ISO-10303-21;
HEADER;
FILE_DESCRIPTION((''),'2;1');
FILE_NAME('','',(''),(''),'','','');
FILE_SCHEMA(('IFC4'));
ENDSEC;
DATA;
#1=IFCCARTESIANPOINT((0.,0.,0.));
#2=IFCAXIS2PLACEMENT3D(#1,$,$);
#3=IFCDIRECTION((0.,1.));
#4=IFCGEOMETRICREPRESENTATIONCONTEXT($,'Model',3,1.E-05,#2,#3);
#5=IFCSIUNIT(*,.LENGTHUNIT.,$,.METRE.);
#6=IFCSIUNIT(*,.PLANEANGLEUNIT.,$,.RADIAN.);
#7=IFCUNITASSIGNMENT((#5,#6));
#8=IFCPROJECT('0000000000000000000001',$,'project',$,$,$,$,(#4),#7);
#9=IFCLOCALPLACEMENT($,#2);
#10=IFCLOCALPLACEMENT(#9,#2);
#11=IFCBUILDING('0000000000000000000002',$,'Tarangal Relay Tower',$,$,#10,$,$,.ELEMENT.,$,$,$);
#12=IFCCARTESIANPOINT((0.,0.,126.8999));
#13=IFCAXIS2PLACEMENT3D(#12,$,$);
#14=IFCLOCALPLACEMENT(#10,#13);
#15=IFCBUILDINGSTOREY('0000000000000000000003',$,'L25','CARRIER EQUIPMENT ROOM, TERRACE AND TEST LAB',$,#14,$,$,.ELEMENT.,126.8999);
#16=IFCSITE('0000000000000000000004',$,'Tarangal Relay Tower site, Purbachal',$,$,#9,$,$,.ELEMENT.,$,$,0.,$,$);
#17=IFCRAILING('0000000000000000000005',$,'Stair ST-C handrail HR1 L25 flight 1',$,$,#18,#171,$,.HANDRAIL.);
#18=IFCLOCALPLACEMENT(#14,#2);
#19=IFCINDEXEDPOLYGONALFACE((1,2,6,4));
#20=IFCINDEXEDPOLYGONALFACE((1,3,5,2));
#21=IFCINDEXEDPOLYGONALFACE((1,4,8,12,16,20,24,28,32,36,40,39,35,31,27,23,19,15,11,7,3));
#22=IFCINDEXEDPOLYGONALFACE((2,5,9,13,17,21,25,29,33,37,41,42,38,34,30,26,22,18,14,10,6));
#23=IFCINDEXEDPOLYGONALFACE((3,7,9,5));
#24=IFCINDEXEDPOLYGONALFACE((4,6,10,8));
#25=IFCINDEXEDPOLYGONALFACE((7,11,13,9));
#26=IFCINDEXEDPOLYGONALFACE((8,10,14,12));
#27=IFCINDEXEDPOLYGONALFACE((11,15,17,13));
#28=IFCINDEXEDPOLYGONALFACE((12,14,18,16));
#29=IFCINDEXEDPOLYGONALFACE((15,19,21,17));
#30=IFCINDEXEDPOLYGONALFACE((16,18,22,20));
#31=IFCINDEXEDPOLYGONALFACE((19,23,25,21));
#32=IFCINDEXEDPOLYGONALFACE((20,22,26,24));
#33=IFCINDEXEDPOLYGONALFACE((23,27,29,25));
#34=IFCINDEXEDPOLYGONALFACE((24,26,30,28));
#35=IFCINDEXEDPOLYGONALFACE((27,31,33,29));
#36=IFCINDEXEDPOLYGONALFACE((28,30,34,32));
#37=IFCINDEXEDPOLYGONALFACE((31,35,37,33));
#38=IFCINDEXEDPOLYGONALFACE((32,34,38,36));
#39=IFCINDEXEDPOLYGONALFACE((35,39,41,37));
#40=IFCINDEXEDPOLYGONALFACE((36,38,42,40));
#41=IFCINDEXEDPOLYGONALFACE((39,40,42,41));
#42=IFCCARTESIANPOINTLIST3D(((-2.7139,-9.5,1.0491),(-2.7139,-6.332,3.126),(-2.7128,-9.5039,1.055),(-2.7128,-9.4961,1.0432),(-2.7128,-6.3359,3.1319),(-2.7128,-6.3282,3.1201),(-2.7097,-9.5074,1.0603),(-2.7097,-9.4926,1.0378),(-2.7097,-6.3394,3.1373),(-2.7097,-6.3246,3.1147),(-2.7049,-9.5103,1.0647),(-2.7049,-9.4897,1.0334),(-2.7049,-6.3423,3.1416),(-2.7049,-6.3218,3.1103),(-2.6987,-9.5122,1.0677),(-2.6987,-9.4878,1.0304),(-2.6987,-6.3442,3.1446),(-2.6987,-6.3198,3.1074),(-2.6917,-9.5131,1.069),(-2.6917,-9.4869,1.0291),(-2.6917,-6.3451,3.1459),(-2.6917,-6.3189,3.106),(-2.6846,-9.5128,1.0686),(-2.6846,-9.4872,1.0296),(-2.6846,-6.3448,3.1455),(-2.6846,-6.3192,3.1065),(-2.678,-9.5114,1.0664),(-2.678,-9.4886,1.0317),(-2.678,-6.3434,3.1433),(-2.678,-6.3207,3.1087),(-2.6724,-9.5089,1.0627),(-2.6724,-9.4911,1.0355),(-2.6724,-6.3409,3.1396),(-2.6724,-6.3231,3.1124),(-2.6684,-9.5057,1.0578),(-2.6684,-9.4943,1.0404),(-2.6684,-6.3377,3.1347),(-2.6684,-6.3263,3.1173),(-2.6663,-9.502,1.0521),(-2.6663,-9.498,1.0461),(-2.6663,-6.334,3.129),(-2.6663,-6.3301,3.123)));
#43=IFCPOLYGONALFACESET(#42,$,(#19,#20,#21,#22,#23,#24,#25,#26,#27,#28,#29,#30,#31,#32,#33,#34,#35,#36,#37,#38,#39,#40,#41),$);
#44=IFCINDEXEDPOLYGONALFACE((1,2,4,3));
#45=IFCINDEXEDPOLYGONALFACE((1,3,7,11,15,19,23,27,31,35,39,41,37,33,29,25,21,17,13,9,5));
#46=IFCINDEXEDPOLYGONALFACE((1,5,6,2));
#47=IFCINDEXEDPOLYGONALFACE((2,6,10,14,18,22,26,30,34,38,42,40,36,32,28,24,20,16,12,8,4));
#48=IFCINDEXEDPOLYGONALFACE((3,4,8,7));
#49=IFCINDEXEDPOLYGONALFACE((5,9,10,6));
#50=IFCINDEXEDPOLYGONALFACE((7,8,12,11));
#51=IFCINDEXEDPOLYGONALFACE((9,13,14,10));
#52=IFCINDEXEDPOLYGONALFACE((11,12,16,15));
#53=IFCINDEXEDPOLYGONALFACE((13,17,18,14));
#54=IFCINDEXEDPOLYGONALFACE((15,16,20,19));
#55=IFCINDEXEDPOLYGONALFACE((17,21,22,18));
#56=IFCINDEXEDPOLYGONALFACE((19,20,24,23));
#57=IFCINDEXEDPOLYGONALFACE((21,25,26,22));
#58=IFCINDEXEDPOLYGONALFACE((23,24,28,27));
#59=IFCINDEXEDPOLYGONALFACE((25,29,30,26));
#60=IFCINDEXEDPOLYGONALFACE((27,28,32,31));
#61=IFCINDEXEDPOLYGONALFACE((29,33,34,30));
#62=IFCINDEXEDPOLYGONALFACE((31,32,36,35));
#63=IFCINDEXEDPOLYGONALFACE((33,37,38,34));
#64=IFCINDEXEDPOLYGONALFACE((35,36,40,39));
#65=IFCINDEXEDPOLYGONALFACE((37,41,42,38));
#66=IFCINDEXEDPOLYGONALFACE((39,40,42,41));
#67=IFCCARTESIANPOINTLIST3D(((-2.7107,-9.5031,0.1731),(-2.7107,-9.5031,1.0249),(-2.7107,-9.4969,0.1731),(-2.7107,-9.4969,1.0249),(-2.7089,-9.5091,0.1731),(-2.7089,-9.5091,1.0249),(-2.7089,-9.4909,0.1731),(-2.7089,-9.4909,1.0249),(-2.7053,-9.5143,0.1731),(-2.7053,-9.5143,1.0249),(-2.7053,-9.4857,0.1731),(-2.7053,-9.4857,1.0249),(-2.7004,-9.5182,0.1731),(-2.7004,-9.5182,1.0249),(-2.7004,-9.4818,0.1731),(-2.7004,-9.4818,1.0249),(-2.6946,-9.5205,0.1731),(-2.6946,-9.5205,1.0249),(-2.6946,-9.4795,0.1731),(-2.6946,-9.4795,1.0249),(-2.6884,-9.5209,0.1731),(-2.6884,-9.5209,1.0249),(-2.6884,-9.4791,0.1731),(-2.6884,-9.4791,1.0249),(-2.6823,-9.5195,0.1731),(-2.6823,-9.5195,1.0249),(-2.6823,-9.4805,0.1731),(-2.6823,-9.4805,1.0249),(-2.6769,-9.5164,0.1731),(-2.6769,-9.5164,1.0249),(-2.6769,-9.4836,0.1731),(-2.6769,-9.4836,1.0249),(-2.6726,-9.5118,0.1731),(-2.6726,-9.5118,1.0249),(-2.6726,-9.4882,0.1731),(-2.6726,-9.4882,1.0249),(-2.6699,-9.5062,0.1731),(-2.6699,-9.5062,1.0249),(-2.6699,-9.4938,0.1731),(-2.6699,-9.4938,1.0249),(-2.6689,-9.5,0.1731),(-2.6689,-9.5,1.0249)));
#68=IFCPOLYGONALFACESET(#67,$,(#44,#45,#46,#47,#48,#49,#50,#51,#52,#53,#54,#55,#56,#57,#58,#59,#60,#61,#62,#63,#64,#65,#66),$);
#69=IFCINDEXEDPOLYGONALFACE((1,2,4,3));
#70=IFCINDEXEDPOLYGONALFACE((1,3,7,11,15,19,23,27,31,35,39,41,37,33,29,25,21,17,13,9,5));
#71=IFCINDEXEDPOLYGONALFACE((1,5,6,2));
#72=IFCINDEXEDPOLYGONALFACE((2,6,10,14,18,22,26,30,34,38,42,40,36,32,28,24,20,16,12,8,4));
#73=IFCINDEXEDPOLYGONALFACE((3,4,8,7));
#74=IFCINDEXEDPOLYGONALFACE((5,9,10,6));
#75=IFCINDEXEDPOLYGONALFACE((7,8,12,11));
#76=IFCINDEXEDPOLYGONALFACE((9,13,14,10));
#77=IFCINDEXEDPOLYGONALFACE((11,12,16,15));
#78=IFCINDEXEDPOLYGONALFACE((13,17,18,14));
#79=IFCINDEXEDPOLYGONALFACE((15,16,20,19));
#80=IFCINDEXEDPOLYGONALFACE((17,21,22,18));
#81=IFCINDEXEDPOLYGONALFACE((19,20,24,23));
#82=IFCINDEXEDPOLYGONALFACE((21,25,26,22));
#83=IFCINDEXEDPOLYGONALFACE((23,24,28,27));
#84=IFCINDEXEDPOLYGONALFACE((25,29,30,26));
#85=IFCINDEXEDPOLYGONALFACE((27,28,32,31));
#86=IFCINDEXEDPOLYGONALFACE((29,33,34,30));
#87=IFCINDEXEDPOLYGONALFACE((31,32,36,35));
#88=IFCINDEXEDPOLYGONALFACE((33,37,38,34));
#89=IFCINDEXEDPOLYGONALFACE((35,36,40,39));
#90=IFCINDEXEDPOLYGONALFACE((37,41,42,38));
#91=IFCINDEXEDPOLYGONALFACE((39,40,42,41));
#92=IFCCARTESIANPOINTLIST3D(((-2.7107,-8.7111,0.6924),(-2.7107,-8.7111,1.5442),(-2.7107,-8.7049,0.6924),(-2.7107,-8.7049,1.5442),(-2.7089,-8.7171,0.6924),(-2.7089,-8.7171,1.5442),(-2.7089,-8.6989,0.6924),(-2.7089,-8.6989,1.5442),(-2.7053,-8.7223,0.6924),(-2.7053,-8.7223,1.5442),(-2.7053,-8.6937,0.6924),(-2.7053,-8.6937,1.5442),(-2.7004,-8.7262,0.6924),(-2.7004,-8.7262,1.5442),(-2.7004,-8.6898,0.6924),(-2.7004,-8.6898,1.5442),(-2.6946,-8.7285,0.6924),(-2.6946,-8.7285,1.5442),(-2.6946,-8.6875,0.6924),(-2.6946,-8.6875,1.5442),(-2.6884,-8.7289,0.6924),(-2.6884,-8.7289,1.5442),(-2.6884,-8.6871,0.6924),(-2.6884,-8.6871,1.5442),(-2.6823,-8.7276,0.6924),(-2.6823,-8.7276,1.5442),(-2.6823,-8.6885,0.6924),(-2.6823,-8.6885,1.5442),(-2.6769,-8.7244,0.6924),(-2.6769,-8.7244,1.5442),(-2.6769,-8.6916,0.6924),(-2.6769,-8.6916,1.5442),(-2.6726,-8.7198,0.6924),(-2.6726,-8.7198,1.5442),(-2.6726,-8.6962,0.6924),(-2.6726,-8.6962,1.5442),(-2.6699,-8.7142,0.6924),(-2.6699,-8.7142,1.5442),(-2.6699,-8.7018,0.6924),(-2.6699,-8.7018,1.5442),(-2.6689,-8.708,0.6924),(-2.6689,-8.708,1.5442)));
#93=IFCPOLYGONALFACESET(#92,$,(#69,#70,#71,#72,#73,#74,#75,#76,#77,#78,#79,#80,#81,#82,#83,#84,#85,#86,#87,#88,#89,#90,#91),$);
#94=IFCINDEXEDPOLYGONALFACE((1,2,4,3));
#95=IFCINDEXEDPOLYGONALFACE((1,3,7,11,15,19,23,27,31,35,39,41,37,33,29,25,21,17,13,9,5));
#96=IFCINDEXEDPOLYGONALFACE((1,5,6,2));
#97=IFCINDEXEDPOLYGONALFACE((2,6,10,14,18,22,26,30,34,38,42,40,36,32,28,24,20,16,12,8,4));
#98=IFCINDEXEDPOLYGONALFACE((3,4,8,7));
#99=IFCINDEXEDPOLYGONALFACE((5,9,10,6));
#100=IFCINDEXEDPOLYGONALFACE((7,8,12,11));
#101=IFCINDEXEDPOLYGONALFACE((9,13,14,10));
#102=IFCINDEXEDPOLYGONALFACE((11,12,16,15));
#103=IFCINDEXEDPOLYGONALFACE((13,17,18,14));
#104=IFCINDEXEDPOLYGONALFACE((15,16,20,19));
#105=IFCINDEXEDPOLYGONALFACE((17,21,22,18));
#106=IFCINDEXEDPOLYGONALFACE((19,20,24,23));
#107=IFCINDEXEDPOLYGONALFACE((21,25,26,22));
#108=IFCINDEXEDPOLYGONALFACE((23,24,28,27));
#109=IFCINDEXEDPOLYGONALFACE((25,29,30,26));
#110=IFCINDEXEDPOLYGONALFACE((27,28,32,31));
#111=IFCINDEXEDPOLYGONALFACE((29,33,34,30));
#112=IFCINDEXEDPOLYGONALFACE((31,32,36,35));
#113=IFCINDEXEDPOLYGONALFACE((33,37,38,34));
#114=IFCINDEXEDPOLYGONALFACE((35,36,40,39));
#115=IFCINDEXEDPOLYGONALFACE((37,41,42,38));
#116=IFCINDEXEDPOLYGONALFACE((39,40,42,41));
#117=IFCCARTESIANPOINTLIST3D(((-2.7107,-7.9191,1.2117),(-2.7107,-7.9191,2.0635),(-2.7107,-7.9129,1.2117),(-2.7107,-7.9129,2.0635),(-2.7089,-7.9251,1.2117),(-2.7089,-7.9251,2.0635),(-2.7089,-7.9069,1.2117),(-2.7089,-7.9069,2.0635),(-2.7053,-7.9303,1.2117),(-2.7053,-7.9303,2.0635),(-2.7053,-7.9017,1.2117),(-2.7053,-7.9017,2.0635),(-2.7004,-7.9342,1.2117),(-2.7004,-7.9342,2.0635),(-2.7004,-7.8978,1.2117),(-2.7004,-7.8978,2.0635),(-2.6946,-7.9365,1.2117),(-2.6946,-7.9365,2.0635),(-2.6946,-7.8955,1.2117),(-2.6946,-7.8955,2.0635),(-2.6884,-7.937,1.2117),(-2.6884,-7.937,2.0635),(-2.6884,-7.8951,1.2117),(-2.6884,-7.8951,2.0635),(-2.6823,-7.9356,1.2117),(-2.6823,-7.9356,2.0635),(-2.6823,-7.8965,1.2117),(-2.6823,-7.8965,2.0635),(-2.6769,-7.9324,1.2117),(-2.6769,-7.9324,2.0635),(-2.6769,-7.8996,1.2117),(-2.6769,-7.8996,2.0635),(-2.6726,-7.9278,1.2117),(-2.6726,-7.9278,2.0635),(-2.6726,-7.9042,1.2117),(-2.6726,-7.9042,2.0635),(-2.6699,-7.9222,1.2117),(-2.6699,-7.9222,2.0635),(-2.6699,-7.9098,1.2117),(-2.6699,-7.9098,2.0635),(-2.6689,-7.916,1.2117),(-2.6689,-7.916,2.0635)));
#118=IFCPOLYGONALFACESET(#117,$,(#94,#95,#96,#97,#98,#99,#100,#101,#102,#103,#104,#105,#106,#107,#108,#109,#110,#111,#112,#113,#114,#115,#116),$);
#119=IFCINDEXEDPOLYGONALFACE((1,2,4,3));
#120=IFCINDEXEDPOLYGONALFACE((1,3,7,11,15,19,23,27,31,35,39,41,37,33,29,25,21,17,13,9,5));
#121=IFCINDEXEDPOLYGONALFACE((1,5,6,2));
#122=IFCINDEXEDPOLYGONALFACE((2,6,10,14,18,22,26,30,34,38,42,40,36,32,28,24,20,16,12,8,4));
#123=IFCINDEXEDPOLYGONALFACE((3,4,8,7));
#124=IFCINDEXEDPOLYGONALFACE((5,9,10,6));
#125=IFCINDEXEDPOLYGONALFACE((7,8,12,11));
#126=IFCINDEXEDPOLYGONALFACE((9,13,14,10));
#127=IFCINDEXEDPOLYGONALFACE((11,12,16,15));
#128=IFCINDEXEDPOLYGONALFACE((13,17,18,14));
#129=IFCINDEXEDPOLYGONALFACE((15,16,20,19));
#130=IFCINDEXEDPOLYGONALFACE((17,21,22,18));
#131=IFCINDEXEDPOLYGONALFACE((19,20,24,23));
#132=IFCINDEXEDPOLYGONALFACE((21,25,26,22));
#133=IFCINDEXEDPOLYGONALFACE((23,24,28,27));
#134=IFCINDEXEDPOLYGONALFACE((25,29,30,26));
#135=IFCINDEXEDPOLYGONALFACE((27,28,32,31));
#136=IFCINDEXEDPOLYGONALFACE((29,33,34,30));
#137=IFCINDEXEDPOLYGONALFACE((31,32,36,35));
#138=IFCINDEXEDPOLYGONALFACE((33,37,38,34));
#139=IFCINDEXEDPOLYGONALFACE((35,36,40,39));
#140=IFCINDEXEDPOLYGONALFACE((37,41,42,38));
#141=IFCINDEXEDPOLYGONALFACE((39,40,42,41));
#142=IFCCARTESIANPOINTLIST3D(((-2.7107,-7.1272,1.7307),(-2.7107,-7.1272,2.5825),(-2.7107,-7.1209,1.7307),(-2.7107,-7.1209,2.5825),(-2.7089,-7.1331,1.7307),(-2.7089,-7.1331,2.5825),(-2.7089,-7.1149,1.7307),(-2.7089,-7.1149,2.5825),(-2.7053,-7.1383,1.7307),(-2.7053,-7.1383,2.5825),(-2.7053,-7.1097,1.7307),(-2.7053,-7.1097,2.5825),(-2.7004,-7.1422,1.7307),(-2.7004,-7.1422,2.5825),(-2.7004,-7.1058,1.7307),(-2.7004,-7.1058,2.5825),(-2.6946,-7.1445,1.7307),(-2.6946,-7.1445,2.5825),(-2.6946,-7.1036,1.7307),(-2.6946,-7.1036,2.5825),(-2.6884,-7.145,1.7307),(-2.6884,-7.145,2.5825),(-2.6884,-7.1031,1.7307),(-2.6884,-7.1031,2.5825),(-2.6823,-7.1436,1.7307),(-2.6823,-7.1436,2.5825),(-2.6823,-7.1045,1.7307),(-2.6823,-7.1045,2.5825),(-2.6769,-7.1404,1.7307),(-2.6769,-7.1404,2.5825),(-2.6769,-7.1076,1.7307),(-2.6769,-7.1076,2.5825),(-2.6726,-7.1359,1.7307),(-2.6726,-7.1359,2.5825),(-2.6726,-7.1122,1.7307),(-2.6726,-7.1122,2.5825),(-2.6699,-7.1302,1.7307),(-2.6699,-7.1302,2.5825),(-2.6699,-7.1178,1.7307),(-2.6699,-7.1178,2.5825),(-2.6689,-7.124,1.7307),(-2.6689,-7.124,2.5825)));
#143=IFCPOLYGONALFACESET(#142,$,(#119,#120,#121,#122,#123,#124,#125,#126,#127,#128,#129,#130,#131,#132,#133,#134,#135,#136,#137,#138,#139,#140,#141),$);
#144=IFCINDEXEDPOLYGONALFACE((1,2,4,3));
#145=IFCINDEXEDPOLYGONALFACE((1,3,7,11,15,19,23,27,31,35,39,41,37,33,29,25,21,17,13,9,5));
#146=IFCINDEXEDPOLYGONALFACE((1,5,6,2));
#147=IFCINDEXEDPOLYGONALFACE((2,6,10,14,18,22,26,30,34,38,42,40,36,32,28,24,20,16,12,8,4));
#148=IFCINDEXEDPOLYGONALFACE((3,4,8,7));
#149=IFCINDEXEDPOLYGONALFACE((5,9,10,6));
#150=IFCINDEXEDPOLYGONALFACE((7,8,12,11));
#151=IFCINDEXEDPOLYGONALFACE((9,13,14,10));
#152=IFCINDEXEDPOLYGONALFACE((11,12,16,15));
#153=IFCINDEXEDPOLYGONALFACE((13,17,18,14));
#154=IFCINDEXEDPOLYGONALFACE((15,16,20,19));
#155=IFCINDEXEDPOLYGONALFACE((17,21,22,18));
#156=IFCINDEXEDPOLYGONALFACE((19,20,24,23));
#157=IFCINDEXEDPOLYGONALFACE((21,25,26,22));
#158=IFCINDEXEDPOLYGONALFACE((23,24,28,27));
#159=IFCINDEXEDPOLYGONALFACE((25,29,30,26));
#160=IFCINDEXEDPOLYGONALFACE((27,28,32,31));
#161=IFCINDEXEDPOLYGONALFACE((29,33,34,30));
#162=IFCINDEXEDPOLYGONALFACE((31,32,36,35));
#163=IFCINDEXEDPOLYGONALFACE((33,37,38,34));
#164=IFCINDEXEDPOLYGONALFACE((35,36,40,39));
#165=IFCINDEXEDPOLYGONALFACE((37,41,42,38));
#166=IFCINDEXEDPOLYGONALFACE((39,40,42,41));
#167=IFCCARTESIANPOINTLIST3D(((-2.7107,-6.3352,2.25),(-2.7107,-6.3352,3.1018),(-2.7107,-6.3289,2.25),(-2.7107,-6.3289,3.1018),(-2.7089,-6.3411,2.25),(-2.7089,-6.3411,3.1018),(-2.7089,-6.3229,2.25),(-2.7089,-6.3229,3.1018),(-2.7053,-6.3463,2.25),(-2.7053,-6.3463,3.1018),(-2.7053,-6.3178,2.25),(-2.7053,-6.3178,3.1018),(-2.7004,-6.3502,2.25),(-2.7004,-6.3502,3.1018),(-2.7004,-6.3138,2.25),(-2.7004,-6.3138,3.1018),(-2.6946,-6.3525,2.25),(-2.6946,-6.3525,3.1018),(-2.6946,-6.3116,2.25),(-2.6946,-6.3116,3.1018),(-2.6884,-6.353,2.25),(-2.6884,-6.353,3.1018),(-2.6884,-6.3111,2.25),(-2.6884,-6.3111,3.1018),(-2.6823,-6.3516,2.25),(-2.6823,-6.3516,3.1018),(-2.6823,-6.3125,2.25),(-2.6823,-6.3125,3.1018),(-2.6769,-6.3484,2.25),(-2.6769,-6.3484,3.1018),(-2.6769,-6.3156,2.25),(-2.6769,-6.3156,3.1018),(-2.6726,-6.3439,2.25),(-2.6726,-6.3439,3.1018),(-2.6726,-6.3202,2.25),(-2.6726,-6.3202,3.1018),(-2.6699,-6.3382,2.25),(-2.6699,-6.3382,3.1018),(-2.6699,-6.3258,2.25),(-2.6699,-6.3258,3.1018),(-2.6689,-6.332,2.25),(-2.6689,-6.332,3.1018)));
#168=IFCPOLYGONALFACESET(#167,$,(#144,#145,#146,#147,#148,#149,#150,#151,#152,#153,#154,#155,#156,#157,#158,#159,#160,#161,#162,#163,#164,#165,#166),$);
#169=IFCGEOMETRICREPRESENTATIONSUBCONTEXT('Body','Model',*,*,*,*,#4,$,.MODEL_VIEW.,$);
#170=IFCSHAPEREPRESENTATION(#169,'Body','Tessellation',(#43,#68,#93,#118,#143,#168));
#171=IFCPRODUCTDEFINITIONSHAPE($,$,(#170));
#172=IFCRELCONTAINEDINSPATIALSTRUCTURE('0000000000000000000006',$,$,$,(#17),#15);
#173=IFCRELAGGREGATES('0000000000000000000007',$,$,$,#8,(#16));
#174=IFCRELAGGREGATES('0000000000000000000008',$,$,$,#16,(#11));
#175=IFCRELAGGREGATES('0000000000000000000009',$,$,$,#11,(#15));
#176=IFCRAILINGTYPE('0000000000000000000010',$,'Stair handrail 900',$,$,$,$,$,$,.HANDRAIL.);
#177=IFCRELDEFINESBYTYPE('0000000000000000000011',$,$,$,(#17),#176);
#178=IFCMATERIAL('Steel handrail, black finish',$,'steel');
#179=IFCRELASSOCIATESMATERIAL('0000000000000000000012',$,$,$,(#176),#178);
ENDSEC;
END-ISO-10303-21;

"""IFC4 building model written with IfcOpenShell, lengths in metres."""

from ifc_helpers import new_model, si_unit, direction, frame, origin, origin_2d, place, context, subcontext, project, spatial, circle, extrude, material, type_object, element, save


model = new_model("IFC4")

# Units and contexts
model_context = context("Model", 3, precision=1e-05, world=origin(), true_north=direction((0.0, 1.0)))
body_context = subcontext(model_context, "Body", "Model", "MODEL_VIEW")
ifc_project = project(units=[si_unit("LENGTHUNIT", "METRE"), si_unit("PLANEANGLEUNIT", "RADIAN")], contexts=[model_context])

# Site, building, storey
site_placement = place(None, origin())
site = spatial("IfcSite", under=ifc_project, at=site_placement, Name="Tarangal Relay Tower site, Purbachal", CompositionType="ELEMENT", RefElevation=0.0)
building_placement = place(site_placement, origin())
building = spatial("IfcBuilding", under=site, at=building_placement, Name="Tarangal Relay Tower", CompositionType="ELEMENT")
storey_placement = place(building_placement, frame((0.0, 0.0, 126.8999)))
storey = spatial("IfcBuildingStorey", under=building, at=storey_placement, Name="L25", Description="CARRIER EQUIPMENT ROOM, TERRACE AND TEST LAB", CompositionType="ELEMENT", Elevation=126.8999)

# Railing
ifc_material_1 = material(Name="Steel handrail, black finish", Category="steel")
railing_type_1 = type_object("IfcRailingType", Name="Stair handrail 900", PredefinedType="HANDRAIL", material=ifc_material_1)
railing_1_placement = place(storey_placement, frame((-2.6899, -9.5, 0.1731)))
element("IfcRailing", 1, at=railing_1_placement, inside=storey, type_object=railing_type_1, Name="Stair ST-C handrail HR1 L25 flight 1", PredefinedType="HANDRAIL", context=body_context, shape_type="SweptSolid", body=[
    extrude(circle(Radius=0.0239, at=origin_2d()), frame((0.0, 0.0, 0.876), z_axis=(0.0, 0.836299, 0.548273), x_axis=(-1.0, 0.0, 0.0)), (0.0, 0.0, 1.0), 3.7881),
    extrude(circle(Radius=0.021, at=origin_2d()), origin(), (0.0, 0.0, 1.0), 0.8518),
    extrude(circle(Radius=0.021, at=origin_2d()), frame((0.0, 0.792, 0.5193)), (0.0, 0.0, 1.0), 0.8518),
    extrude(circle(Radius=0.021, at=origin_2d()), frame((0.0, 1.584, 1.0386)), (0.0, 0.0, 1.0), 0.8518),
    extrude(circle(Radius=0.021, at=origin_2d()), frame((0.0, 2.376, 1.5576)), (0.0, 0.0, 1.0), 0.8518),
    extrude(circle(Radius=0.021, at=origin_2d()), frame((0.0, 3.168, 2.0769)), (0.0, 0.0, 1.0), 0.8518),
])

save(model, "model.ifc")
